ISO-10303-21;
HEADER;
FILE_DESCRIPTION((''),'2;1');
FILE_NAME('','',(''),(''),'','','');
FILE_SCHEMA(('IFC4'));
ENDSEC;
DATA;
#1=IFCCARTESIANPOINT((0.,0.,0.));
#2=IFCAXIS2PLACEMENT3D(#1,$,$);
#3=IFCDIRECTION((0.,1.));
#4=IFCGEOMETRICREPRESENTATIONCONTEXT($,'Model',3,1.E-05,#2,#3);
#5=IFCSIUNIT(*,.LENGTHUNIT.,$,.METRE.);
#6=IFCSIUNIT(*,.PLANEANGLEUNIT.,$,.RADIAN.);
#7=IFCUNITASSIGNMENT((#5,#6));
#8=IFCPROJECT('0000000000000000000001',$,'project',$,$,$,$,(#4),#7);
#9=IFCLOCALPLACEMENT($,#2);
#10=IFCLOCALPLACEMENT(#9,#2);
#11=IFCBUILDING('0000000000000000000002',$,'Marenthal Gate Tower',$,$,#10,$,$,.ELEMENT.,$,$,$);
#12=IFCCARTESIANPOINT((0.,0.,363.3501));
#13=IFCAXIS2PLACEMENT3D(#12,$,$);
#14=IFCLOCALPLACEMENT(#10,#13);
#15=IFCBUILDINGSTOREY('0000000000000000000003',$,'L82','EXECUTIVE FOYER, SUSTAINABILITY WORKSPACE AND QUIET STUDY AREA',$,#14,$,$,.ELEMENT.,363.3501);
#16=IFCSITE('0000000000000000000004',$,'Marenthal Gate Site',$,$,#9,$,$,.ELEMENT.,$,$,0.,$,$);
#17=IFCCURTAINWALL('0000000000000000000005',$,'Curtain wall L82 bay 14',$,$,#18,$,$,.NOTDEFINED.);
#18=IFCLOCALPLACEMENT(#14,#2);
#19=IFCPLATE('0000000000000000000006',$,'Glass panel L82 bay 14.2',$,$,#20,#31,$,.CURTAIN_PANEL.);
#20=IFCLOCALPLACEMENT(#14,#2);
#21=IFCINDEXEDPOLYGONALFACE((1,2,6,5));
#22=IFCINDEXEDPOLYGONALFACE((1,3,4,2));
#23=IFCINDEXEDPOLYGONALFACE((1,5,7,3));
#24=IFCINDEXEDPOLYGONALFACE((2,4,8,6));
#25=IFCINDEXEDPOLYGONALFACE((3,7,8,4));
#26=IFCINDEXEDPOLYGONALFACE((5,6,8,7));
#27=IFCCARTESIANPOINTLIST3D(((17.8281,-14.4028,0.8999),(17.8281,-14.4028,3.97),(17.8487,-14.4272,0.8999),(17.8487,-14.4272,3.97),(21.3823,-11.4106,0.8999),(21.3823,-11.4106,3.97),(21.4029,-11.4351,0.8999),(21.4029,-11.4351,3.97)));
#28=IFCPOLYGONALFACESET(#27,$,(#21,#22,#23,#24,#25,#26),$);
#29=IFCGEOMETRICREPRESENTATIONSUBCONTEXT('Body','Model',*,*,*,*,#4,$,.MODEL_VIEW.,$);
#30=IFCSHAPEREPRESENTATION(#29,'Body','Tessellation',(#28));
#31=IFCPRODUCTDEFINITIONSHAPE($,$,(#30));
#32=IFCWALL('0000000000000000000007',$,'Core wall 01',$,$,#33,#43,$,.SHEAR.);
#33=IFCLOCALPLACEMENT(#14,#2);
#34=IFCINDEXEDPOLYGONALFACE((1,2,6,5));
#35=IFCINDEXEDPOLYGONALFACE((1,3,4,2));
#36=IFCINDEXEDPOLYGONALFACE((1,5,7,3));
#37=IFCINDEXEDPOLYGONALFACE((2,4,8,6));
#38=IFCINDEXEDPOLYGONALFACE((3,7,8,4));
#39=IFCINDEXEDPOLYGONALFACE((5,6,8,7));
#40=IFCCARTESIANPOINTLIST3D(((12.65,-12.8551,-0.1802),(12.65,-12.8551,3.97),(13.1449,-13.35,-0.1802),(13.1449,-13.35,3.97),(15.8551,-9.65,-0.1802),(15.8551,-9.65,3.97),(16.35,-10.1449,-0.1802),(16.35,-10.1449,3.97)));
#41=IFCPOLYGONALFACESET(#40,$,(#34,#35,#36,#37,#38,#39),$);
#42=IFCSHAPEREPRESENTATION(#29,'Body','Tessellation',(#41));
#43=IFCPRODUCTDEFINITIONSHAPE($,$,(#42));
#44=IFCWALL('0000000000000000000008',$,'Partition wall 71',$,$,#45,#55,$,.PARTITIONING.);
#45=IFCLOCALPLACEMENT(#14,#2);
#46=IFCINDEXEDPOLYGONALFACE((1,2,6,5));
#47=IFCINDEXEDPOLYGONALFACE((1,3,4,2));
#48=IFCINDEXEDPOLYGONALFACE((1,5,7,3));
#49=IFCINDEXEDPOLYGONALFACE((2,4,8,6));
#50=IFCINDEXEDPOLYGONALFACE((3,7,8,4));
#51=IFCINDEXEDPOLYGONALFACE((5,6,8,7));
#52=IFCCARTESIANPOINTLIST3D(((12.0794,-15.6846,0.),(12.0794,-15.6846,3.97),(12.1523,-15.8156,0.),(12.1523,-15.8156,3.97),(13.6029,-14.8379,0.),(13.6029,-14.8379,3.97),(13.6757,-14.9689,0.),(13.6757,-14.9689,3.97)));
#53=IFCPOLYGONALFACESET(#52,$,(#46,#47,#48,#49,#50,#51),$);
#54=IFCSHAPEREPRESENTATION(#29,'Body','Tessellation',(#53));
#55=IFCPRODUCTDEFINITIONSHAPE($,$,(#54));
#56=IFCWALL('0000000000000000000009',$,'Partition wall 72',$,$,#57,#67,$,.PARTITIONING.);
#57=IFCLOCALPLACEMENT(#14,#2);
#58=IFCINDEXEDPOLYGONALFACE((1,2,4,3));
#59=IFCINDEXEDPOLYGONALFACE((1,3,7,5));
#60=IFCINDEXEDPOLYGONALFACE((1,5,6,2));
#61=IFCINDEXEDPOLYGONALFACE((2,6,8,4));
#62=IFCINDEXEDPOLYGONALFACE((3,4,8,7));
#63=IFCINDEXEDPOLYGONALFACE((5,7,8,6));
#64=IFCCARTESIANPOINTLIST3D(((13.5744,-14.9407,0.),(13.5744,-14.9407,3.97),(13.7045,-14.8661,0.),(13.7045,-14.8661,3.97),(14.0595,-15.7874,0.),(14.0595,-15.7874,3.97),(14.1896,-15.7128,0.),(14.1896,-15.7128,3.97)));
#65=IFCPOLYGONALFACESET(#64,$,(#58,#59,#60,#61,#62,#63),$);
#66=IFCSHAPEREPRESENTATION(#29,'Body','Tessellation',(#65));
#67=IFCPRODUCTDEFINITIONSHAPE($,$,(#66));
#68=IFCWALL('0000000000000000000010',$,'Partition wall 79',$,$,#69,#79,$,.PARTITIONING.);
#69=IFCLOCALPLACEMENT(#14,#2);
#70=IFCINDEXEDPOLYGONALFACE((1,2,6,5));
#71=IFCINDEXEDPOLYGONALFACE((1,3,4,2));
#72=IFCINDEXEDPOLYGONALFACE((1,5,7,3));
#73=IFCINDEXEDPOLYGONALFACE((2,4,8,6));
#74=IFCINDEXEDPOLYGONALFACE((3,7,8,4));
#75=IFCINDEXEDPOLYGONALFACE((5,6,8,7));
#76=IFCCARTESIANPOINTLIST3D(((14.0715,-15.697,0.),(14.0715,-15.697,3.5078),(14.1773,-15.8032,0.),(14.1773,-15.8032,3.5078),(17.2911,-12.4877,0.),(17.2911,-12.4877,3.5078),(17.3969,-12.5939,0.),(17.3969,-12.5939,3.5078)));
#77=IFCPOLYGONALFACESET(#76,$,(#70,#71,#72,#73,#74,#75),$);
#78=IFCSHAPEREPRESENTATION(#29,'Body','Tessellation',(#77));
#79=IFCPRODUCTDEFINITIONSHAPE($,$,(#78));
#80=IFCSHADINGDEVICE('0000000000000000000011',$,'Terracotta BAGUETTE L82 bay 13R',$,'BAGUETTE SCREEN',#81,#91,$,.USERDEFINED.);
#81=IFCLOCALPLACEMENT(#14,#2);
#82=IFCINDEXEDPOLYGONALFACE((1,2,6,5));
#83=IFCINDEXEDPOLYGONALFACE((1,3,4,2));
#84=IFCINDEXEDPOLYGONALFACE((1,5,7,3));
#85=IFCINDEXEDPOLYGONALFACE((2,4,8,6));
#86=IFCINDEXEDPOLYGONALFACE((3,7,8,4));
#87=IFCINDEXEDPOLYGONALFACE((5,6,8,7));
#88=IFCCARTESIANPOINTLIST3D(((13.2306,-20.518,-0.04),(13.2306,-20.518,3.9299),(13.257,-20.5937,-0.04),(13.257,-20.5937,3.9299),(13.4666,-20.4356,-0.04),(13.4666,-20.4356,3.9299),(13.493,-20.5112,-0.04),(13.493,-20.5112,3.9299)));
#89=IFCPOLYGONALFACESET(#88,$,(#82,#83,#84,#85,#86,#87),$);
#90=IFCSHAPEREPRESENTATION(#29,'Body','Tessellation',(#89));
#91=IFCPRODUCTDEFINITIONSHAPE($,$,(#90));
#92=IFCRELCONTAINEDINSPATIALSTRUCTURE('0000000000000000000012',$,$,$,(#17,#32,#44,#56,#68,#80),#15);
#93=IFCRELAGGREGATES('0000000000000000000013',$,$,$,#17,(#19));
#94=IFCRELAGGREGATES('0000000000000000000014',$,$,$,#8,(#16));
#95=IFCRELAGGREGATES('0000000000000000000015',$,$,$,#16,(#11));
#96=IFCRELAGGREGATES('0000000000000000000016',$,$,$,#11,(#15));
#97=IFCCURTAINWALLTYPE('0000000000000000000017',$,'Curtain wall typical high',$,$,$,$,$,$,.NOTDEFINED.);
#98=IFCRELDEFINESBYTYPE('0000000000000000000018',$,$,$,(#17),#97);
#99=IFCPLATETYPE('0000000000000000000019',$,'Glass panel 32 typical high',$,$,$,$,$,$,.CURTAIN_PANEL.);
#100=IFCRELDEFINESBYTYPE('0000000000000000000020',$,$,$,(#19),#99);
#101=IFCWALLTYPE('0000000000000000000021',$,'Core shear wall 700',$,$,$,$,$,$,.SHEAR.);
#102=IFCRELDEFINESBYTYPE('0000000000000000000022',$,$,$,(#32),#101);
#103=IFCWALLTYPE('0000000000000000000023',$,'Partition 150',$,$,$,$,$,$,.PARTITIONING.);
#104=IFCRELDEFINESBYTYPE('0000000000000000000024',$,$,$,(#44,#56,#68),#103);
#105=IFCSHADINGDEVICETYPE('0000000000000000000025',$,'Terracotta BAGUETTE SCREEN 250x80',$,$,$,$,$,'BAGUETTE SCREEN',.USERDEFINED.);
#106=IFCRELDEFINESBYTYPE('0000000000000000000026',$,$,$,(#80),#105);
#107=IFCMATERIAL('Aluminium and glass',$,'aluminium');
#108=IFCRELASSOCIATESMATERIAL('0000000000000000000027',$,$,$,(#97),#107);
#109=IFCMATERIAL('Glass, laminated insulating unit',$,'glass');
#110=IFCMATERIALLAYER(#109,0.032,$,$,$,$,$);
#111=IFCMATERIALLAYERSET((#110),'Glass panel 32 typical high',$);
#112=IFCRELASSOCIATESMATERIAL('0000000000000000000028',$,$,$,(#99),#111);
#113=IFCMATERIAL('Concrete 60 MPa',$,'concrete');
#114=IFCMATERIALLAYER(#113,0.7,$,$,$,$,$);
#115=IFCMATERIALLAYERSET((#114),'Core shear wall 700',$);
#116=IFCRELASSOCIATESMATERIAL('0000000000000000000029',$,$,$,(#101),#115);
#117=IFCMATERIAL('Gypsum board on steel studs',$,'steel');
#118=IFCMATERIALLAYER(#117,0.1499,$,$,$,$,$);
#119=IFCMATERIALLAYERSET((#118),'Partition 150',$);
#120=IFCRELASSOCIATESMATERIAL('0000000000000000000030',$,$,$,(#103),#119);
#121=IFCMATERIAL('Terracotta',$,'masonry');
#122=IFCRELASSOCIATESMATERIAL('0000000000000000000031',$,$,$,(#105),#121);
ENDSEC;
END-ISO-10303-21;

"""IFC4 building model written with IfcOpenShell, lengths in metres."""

from ifc_helpers import new_model, si_unit, direction, frame, frame_2d, origin, origin_2d, place, context, subcontext, project, spatial, rectangle, extrude, material, layer, layer_set, material_profile, profile_set, type_object, element, aggregate, save


model = new_model("IFC4")

# Units and contexts
model_context = context("Model", 3, precision=1e-05, world=origin(), true_north=direction((0.0, 1.0)))
body_context = subcontext(model_context, "Body", "Model", "MODEL_VIEW")
ifc_project = project(units=[si_unit("LENGTHUNIT", "METRE"), si_unit("PLANEANGLEUNIT", "RADIAN")], contexts=[model_context])

# Site, building, storey
site_placement = place(None, origin())
site = spatial("IfcSite", under=ifc_project, at=site_placement, Name="Marenthal Gate Site", CompositionType="ELEMENT", RefElevation=0.0)
building_placement = place(site_placement, origin())
building = spatial("IfcBuilding", under=site, at=building_placement, Name="Marenthal Gate Tower", CompositionType="ELEMENT")
storey_placement = place(building_placement, frame((0.0, 0.0, 363.3501)))
storey = spatial("IfcBuildingStorey", under=building, at=storey_placement, Name="L82", Description="EXECUTIVE FOYER, SUSTAINABILITY WORKSPACE AND QUIET STUDY AREA", CompositionType="ELEMENT", Elevation=363.3501)

# Curtain wall
ifc_material_1 = material(Name="Aluminium and glass", Category="aluminium")
curtain_wall_type = type_object("IfcCurtainWallType", Name="Curtain wall typical high", PredefinedType="NOTDEFINED", material=ifc_material_1)
curtain_wall_placement = place(storey_placement, origin())
curtain_wall = element("IfcCurtainWall", 1, at=curtain_wall_placement, inside=storey, type_object=curtain_wall_type, Name="Curtain wall L82 bay 14", PredefinedType="NOTDEFINED")

# Plate
ifc_material_2 = material(Name="Glass, laminated insulating unit", Category="glass")
ifc_layer_1 = layer(ifc_material_2, 0.032)
ifc_layer_set_1 = layer_set([ifc_layer_1], Name="Glass panel 32 typical high")
plate_type = type_object("IfcPlateType", Name="Glass panel 32 typical high", PredefinedType="CURTAIN_PANEL", material=ifc_layer_set_1)
plate_1_placement = place(storey_placement, frame((19.6155, -12.9189, 0.8999), z_axis=(0.0, 0.0, 1.0), x_axis=(0.765006, 0.644023, 0.0)))
plate_1 = element("IfcPlate", 2, at=plate_1_placement, type_object=plate_type, Name="Glass panel L82 bay 14.2", PredefinedType="CURTAIN_PANEL", context=body_context, shape_type="SweptSolid", body=[
    extrude(rectangle(XDim=4.646, YDim=0.032, at=origin_2d()), origin(), (0.0, 0.0, 1.0), 3.0701),
])
aggregate(curtain_wall, [plate_1])

# Walls
ifc_material_3 = material(Name="Concrete 60 MPa", Category="concrete")
ifc_layer_2 = layer(ifc_material_3, 0.7)
ifc_layer_set_2 = layer_set([ifc_layer_2], Name="Core shear wall 700")
wall_type_1 = type_object("IfcWallType", Name="Core shear wall 700", PredefinedType="SHEAR", material=ifc_layer_set_2)
wall_1_placement = place(storey_placement, frame((12.8975, -13.1025, -0.1802), z_axis=(0.0, 0.0, 1.0), x_axis=(0.707107, 0.707107, 0.0)))
element("IfcWall", 3, at=wall_1_placement, inside=storey, type_object=wall_type_1, Name="Core wall 01", PredefinedType="SHEAR", context=body_context, shape_type="SweptSolid", body=[
    extrude(rectangle(XDim=4.5327, YDim=0.7, at=frame_2d((2.2664, 0.0))), origin(), (0.0, 0.0, 1.0), 4.1501),
])
ifc_material_4 = material(Name="Gypsum board on steel studs", Category="steel")
ifc_layer_3 = layer(ifc_material_4, 0.1499)
ifc_layer_set_3 = layer_set([ifc_layer_3], Name="Partition 150")
wall_type_2 = type_object("IfcWallType", Name="Partition 150", PredefinedType="PARTITIONING", material=ifc_layer_set_3)
wall_2_placement = place(storey_placement, frame((13.6394, -14.9033, 0.0), z_axis=(0.0, 0.0, 1.0), x_axis=(-0.874078, -0.485786, 0.0)))
element("IfcWall", 4, at=wall_2_placement, inside=storey, type_object=wall_type_2, Name="Partition wall 71", PredefinedType="PARTITIONING", context=body_context, shape_type="SweptSolid", body=[
    extrude(rectangle(XDim=1.7429, YDim=0.1499, at=frame_2d((0.8716, 0.0))), origin(), (0.0, 0.0, 1.0), 3.97),
])
wall_3_placement = place(storey_placement, frame((14.1245, -15.75, 0.0), z_axis=(0.0, 0.0, 1.0), x_axis=(-0.497136, 0.867673, 0.0)))
element("IfcWall", 5, at=wall_3_placement, inside=storey, type_object=wall_type_2, Name="Partition wall 72", PredefinedType="PARTITIONING", context=body_context, shape_type="SweptSolid", body=[
    extrude(rectangle(XDim=0.9758, YDim=0.1499, at=frame_2d((0.4878, 0.0))), origin(), (0.0, 0.0, 1.0), 3.97),
])
wall_4_placement = place(storey_placement, frame((17.344, -12.5408, 0.0), z_axis=(0.0, 0.0, 1.0), x_axis=(-0.708234, -0.705978, 0.0)))
element("IfcWall", 6, at=wall_4_placement, inside=storey, type_object=wall_type_2, Name="Partition wall 79", PredefinedType="PARTITIONING", context=body_context, shape_type="SweptSolid", body=[
    extrude(rectangle(XDim=4.5459, YDim=0.1499, at=frame_2d((2.2729, 0.0))), origin(), (0.0, 0.0, 1.0), 3.5078),
])

# Shading device
ifc_material_5 = material(Name="Terracotta", Category="masonry")
ifc_material_profile_1 = material_profile(ifc_material_5, rectangle(XDim=0.25, YDim=0.0801, at=origin_2d()), Name="Terracotta baguette 250x80")
ifc_profile_set_1 = profile_set([ifc_material_profile_1], Name="Terracotta")
shading_device_type = type_object("IfcShadingDeviceType", Name="Terracotta BAGUETTE SCREEN 250x80", ElementType="BAGUETTE SCREEN", PredefinedType="USERDEFINED", material=ifc_profile_set_1)
shading_device_placement = place(storey_placement, frame((13.3618, -20.5146, -0.04), z_axis=(0.0, 0.0, 1.0), x_axis=(0.944118, 0.329607, 0.0)))
element("IfcShadingDevice", 7, at=shading_device_placement, inside=storey, type_object=shading_device_type, Name="Terracotta BAGUETTE L82 bay 13R", ObjectType="BAGUETTE SCREEN", PredefinedType="USERDEFINED", context=body_context, shape_type="SweptSolid", body=[
    extrude(rectangle(XDim=0.25, YDim=0.0801, at=origin_2d()), origin(), (0.0, 0.0, 1.0), 3.97),
])

save(model, "model.ifc")
